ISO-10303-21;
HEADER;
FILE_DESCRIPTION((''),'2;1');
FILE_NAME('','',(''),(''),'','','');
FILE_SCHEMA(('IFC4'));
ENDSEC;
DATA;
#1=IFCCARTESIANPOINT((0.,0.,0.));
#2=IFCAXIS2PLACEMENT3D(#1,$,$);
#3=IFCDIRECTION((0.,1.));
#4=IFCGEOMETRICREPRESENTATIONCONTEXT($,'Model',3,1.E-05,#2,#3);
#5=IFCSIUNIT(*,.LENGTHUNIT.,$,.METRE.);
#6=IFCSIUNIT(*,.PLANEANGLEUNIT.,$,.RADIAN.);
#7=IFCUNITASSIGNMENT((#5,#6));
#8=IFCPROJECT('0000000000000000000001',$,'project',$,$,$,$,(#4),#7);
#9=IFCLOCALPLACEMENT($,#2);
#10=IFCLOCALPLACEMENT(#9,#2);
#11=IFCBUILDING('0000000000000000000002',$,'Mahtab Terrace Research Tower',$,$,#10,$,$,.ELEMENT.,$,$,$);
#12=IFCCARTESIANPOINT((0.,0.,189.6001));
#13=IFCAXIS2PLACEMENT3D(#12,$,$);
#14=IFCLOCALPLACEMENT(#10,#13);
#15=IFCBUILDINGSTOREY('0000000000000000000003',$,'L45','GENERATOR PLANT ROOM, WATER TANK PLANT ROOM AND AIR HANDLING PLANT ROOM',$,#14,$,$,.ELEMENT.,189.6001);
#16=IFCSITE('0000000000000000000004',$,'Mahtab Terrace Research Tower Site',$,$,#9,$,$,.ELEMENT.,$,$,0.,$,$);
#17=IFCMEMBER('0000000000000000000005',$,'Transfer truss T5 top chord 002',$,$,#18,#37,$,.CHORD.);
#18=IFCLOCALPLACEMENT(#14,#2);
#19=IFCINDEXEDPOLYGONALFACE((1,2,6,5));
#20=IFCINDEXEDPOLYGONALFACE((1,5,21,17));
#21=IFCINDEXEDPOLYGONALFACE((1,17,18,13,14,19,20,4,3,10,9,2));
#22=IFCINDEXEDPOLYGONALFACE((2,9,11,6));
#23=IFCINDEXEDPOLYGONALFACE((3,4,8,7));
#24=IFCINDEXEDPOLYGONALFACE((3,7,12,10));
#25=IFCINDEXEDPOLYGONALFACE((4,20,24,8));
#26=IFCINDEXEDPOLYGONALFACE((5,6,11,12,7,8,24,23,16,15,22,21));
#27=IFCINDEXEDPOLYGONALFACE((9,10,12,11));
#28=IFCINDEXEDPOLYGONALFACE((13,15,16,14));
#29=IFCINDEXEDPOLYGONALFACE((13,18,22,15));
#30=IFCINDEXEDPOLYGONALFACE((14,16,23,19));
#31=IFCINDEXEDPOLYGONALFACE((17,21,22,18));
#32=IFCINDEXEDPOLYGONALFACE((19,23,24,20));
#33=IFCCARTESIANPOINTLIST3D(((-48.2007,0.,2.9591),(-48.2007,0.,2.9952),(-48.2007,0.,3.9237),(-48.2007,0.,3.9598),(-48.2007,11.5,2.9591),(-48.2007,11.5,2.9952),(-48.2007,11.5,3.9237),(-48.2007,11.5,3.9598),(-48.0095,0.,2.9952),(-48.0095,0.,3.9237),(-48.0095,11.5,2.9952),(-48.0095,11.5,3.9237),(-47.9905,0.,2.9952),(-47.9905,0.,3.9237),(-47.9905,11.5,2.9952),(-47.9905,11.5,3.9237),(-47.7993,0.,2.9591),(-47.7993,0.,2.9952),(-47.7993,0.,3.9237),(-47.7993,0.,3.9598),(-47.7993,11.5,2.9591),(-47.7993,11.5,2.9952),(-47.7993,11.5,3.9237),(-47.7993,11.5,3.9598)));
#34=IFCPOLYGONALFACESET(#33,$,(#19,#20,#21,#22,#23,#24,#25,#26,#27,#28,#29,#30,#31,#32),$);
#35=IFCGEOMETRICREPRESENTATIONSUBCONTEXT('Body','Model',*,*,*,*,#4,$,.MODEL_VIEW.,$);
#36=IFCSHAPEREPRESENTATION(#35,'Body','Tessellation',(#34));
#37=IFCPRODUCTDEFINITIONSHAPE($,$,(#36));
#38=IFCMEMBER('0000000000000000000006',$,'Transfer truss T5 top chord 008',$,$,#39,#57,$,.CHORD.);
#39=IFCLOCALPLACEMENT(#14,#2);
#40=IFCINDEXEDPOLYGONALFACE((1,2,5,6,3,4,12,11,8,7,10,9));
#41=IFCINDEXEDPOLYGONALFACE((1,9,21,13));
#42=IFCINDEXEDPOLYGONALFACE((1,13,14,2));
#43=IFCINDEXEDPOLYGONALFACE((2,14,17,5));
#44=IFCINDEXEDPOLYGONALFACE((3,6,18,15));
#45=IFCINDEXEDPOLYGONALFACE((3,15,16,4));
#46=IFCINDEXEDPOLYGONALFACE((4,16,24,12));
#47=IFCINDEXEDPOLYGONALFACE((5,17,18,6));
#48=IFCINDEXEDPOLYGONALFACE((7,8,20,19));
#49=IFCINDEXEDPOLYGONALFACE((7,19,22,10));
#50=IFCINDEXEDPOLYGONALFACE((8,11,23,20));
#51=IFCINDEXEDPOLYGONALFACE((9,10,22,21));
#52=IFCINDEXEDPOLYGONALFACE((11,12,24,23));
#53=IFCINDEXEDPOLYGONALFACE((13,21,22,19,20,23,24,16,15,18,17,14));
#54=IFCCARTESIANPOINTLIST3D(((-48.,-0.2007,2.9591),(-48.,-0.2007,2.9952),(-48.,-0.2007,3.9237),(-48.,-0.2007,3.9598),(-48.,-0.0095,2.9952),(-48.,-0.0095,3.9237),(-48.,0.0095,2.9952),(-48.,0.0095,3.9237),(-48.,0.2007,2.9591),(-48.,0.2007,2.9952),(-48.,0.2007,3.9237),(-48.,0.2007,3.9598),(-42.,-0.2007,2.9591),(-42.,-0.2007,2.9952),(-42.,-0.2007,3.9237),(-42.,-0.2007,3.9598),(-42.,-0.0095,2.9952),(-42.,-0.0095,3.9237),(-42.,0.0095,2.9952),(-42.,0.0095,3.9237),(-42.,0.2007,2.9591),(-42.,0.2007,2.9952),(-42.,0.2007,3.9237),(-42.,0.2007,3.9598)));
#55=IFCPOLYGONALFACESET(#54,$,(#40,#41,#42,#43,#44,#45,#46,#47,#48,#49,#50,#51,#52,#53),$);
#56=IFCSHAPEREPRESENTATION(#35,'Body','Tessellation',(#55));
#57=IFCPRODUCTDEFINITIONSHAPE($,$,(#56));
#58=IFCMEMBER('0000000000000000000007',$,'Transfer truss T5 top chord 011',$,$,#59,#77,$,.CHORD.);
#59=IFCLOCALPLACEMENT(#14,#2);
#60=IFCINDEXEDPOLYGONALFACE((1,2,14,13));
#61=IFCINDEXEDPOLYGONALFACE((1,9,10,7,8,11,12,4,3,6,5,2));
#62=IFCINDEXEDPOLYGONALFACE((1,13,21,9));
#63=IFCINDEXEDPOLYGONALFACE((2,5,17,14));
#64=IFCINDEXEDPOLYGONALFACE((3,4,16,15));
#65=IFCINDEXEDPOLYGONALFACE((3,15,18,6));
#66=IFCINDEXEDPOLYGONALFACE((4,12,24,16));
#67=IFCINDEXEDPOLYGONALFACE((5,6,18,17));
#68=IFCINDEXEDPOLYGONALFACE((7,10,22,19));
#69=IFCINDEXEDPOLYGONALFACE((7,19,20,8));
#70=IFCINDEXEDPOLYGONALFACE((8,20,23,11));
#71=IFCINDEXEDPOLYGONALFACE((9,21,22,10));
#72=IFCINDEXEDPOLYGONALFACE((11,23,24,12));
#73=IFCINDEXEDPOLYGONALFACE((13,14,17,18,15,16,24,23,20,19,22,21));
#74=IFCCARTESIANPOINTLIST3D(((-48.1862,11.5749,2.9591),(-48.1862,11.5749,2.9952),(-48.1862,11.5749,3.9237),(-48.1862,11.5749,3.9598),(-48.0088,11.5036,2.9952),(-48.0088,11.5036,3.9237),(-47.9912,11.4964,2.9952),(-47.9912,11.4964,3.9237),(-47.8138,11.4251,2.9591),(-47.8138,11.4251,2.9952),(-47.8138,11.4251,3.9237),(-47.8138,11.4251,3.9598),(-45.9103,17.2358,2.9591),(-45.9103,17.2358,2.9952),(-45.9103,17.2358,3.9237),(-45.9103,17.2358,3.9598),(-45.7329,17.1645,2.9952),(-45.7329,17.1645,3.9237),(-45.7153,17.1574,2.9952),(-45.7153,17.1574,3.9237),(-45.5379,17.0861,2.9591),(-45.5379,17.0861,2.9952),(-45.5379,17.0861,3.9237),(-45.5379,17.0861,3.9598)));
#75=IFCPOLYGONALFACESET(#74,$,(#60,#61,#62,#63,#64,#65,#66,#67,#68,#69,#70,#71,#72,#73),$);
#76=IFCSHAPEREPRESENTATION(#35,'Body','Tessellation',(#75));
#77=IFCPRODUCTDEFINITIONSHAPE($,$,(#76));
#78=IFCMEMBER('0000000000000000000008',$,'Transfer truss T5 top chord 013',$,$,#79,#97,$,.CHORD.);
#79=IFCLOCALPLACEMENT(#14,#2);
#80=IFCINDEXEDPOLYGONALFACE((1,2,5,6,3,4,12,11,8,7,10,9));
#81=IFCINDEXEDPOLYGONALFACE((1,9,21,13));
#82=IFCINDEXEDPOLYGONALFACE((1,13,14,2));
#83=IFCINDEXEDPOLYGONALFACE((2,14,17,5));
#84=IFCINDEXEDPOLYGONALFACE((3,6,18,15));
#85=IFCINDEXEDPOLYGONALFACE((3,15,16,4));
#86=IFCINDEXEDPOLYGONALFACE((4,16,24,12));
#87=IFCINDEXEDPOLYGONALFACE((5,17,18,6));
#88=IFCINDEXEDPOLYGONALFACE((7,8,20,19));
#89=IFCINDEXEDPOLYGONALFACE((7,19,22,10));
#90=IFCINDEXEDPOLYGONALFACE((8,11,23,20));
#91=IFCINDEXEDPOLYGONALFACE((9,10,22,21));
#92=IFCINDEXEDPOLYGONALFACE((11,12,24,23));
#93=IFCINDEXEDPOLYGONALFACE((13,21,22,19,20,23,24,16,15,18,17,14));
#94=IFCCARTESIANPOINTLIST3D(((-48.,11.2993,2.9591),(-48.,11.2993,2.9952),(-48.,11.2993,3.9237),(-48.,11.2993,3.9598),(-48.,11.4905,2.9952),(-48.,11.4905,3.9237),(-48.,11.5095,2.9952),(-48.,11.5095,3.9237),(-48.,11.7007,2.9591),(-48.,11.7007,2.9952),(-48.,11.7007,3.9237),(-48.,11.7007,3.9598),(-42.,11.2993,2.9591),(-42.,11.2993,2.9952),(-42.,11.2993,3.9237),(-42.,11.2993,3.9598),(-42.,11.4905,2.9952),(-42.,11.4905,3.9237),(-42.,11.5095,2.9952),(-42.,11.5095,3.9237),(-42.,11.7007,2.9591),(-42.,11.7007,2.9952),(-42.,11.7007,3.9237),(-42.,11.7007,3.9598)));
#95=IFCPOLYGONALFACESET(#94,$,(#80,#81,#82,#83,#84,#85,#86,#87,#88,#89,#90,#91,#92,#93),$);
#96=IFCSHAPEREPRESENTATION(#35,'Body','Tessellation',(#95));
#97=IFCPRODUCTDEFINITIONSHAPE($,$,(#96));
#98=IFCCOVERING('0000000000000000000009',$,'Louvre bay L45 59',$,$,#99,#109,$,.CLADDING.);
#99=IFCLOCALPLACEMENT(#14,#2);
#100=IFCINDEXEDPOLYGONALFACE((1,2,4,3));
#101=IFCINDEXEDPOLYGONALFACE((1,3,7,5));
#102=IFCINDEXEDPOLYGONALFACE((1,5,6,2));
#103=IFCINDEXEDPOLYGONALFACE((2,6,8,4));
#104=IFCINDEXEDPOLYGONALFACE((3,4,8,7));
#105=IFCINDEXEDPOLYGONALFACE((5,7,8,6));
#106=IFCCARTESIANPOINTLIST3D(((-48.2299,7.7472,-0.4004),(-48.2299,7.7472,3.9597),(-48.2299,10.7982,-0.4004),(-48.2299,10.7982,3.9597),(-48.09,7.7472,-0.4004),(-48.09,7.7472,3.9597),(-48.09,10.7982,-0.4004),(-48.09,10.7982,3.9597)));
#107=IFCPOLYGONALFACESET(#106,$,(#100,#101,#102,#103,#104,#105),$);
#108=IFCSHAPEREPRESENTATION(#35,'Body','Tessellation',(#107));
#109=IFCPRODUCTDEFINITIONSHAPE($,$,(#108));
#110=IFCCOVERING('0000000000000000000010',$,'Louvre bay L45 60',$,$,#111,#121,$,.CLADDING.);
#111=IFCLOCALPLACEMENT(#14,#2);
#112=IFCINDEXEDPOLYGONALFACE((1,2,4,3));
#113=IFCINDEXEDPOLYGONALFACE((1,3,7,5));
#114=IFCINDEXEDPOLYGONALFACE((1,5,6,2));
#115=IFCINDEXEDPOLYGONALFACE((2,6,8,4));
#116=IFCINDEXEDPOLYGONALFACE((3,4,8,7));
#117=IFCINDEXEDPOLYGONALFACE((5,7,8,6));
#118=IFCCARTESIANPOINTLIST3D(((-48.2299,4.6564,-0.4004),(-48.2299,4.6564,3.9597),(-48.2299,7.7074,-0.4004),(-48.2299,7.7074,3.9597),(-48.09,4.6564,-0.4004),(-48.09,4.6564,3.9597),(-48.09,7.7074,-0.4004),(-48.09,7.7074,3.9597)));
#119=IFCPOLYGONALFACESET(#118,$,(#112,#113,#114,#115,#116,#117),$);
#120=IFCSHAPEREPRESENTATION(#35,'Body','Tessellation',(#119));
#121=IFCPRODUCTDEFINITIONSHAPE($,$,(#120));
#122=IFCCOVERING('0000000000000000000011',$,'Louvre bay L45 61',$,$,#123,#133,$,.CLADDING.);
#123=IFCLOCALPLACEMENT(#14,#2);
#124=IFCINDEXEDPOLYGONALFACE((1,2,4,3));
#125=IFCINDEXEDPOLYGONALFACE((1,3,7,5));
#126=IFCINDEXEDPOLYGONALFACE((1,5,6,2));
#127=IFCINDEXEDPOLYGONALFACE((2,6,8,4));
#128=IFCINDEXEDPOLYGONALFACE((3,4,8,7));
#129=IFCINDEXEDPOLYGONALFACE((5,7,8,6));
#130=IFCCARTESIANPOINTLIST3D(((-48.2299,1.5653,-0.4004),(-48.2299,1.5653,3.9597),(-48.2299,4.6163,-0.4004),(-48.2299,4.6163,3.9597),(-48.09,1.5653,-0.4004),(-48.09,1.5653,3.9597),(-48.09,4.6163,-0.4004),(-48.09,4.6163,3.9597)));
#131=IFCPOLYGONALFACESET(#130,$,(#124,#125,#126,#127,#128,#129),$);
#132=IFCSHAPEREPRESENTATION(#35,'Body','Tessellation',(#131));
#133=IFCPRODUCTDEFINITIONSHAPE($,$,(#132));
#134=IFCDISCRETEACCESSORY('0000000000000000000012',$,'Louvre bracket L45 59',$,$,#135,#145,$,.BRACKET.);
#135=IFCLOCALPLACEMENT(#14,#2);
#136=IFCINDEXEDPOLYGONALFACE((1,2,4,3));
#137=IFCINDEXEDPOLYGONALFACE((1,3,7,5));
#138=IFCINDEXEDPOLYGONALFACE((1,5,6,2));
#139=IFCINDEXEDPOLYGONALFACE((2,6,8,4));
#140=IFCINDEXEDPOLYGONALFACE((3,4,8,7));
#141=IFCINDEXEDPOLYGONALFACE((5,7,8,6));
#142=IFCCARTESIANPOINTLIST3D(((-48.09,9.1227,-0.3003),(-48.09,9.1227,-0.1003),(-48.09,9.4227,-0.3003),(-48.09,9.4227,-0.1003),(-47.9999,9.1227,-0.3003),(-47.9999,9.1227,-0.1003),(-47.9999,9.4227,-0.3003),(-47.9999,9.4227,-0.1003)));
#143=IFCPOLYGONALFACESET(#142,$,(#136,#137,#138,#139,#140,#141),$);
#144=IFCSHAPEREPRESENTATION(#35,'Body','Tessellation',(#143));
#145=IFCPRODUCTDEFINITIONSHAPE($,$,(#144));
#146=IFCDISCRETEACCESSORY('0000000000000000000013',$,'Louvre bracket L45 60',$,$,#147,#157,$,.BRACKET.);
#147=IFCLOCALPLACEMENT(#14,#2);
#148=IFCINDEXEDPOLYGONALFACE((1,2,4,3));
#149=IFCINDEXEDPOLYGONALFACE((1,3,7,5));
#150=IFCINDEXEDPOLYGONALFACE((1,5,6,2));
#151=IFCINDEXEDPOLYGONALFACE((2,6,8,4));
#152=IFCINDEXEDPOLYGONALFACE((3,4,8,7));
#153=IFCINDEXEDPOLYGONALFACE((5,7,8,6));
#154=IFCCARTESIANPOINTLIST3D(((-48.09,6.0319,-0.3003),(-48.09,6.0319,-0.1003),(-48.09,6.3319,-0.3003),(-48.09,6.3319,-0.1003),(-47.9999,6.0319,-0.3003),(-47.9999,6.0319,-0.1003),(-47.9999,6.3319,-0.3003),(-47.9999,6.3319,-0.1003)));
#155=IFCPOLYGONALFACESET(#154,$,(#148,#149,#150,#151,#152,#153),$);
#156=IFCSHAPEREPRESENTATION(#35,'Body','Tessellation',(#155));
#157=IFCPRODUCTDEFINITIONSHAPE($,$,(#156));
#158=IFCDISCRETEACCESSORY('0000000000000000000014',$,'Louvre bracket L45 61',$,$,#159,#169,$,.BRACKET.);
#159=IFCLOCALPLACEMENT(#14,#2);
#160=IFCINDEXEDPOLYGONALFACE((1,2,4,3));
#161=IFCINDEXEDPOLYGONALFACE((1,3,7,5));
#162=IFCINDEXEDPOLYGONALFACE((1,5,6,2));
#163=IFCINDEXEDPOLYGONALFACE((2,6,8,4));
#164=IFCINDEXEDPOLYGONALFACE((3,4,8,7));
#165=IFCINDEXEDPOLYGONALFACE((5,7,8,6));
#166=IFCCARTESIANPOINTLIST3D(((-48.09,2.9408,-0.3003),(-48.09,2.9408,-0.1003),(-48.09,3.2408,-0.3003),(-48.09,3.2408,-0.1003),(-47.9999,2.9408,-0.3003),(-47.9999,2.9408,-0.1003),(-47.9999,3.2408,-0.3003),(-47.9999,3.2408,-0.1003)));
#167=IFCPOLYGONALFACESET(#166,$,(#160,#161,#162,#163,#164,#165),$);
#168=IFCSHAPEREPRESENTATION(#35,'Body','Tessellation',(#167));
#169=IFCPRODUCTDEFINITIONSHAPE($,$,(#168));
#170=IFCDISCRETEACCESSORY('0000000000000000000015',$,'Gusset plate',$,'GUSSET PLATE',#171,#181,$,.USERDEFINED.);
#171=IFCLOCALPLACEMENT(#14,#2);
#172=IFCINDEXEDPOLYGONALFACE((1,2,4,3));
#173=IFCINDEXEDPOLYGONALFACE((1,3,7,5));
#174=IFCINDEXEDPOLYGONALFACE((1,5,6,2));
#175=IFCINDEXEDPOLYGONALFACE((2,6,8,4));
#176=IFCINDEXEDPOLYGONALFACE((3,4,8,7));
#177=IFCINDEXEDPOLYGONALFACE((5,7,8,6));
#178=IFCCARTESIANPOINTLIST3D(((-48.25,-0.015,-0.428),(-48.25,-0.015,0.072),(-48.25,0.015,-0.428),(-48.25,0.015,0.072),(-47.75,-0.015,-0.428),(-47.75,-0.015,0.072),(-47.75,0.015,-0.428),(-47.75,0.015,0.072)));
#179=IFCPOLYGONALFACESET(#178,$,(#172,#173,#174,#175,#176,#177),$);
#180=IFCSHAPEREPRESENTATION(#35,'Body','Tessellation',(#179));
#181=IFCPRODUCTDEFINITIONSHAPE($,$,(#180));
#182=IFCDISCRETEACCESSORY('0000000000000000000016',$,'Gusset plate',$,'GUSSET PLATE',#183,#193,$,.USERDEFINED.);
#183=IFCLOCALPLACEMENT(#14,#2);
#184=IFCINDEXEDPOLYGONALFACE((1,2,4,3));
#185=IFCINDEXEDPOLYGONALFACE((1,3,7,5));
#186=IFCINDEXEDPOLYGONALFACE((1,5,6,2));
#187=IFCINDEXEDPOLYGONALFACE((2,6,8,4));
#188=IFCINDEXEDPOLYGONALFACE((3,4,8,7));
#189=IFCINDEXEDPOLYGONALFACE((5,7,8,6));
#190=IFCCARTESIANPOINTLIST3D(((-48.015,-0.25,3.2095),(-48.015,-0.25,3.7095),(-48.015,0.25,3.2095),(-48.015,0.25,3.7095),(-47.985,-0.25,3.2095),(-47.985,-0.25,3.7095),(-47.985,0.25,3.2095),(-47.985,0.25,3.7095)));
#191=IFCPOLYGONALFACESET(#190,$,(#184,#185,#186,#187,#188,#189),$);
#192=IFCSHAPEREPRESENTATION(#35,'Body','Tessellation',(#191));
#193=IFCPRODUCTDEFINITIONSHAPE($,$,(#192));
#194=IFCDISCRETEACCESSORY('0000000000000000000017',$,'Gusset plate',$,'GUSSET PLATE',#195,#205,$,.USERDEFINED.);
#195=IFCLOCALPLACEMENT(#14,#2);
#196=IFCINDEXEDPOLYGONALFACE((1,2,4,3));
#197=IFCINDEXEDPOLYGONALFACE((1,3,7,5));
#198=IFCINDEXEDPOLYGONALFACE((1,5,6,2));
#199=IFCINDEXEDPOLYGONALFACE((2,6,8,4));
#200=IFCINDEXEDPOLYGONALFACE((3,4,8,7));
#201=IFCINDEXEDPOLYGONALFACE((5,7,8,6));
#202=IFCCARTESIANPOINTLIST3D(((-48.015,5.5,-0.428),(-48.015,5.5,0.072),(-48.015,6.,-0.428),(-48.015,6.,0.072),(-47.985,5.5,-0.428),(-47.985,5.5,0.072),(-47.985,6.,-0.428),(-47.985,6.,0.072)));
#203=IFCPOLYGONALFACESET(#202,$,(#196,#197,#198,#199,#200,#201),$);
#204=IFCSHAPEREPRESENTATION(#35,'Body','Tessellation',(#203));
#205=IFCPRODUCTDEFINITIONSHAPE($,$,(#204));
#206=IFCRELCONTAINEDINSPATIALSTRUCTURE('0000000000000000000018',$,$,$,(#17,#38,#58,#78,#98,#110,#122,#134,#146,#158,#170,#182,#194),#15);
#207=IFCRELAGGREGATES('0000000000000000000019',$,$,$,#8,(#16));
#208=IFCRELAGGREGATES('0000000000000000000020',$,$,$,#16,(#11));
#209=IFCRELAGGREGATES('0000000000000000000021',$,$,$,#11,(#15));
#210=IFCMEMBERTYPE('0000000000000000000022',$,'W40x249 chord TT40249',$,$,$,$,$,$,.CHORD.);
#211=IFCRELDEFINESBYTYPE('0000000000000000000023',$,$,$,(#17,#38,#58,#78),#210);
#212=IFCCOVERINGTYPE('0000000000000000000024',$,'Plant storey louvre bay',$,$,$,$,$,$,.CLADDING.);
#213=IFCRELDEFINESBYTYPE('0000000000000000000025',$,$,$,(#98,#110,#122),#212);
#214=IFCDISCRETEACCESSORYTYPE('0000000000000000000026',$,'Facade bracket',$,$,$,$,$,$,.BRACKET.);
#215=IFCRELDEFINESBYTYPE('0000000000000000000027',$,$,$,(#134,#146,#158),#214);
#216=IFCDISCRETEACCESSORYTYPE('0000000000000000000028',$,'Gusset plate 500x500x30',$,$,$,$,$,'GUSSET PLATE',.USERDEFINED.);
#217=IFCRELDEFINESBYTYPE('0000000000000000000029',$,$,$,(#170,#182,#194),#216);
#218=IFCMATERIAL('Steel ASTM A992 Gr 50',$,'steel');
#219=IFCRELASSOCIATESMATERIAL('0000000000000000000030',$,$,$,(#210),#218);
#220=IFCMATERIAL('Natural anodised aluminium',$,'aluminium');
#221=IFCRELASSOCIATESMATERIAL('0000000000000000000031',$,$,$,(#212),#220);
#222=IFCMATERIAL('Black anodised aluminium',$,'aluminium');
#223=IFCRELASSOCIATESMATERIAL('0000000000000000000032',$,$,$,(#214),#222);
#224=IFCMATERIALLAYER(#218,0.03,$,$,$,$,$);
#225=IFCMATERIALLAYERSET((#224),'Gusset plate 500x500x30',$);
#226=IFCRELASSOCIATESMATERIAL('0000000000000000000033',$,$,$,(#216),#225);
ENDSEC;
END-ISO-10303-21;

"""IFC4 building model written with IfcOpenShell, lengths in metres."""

from ifc_helpers import new_model, si_unit, direction, frame, origin, origin_2d, place, context, subcontext, project, spatial, rectangle, i_section, extrude, material, layer, layer_set, material_profile, profile_set, type_object, element, save


model = new_model("IFC4")

# Units and contexts
model_context = context("Model", 3, precision=1e-05, world=origin(), true_north=direction((0.0, 1.0)))
body_context = subcontext(model_context, "Body", "Model", "MODEL_VIEW")
ifc_project = project(units=[si_unit("LENGTHUNIT", "METRE"), si_unit("PLANEANGLEUNIT", "RADIAN")], contexts=[model_context])

# Site, building, storey
site_placement = place(None, origin())
site = spatial("IfcSite", under=ifc_project, at=site_placement, Name="Mahtab Terrace Research Tower Site", CompositionType="ELEMENT", RefElevation=0.0)
building_placement = place(site_placement, origin())
building = spatial("IfcBuilding", under=site, at=building_placement, Name="Mahtab Terrace Research Tower", CompositionType="ELEMENT")
storey_placement = place(building_placement, frame((0.0, 0.0, 189.6001)))
storey = spatial("IfcBuildingStorey", under=building, at=storey_placement, Name="L45", Description="GENERATOR PLANT ROOM, WATER TANK PLANT ROOM AND AIR HANDLING PLANT ROOM", CompositionType="ELEMENT", Elevation=189.6001)

# Members
ifc_material_1 = material(Name="Steel ASTM A992 Gr 50", Category="steel")
ifc_material_profile_1 = material_profile(ifc_material_1, i_section(OverallWidth=0.4014, OverallDepth=1.0007, WebThickness=0.019, FlangeThickness=0.0361, at=origin_2d()), Name="W40X249")
ifc_profile_set_1 = profile_set([ifc_material_profile_1], Name="Steel ASTM A992 Gr 50")
member_type_1 = type_object("IfcMemberType", Name="W40x249 chord TT40249", PredefinedType="CHORD", material=ifc_profile_set_1)
member_1_placement = place(storey_placement, frame((-48.0, 0.0, 3.4595), z_axis=(0.0, 1.0, 0.0), x_axis=(-1.0, 0.0, 0.0)))
element("IfcMember", 1, at=member_1_placement, inside=storey, type_object=member_type_1, Name="Transfer truss T5 top chord 002", PredefinedType="CHORD", context=body_context, shape_type="SweptSolid", body=[
    extrude(i_section(OverallWidth=0.4014, OverallDepth=1.0007, WebThickness=0.019, FlangeThickness=0.0361, at=origin_2d()), origin(), (0.0, 0.0, 1.0), 11.5),
])
member_2_placement = place(storey_placement, frame((-48.0, 0.0, 3.4595), z_axis=(1.0, 0.0, 0.0), x_axis=(0.0, 1.0, 0.0)))
element("IfcMember", 2, at=member_2_placement, inside=storey, type_object=member_type_1, Name="Transfer truss T5 top chord 008", PredefinedType="CHORD", context=body_context, shape_type="SweptSolid", body=[
    extrude(i_section(OverallWidth=0.4014, OverallDepth=1.0007, WebThickness=0.019, FlangeThickness=0.0361, at=origin_2d()), origin(), (0.0, 0.0, 1.0), 6.0),
])
member_3_placement = place(storey_placement, frame((-48.0, 11.5, 3.4595), z_axis=(0.373018, 0.927824, 0.0), x_axis=(-0.927824, 0.373018, 0.0)))
element("IfcMember", 3, at=member_3_placement, inside=storey, type_object=member_type_1, Name="Transfer truss T5 top chord 011", PredefinedType="CHORD", context=body_context, shape_type="SweptSolid", body=[
    extrude(i_section(OverallWidth=0.4014, OverallDepth=1.0007, WebThickness=0.019, FlangeThickness=0.0361, at=origin_2d()), origin(), (0.0, 0.0, 1.0), 6.1013),
])
member_4_placement = place(storey_placement, frame((-48.0, 11.5, 3.4595), z_axis=(1.0, 0.0, 0.0), x_axis=(0.0, 1.0, 0.0)))
element("IfcMember", 4, at=member_4_placement, inside=storey, type_object=member_type_1, Name="Transfer truss T5 top chord 013", PredefinedType="CHORD", context=body_context, shape_type="SweptSolid", body=[
    extrude(i_section(OverallWidth=0.4014, OverallDepth=1.0007, WebThickness=0.019, FlangeThickness=0.0361, at=origin_2d()), origin(), (0.0, 0.0, 1.0), 6.0),
])

# Coverings
ifc_material_2 = material(Name="Natural anodised aluminium", Category="aluminium")
covering_type = type_object("IfcCoveringType", Name="Plant storey louvre bay", PredefinedType="CLADDING", material=ifc_material_2)
for number, where, z_axis, x_axis, name in (
    (5, (-48.1599, 9.2727, -0.4004), (0.0, 0.0, 1.0), (0.0, -1.0, 0.0), "Louvre bay L45 59"),
    (6, (-48.1599, 6.1819, -0.4004), (0.0, 0.0, 1.0), (0.0, -1.0, 0.0), "Louvre bay L45 60"),
    (7, (-48.1599, 3.0908, -0.4004), (0.0, 0.0, 1.0), (0.0, -1.0, 0.0), "Louvre bay L45 61"),
):
    element("IfcCovering", number, at=place(storey_placement, frame(where, z_axis=z_axis, x_axis=x_axis)), inside=storey, type_object=covering_type, Name=name, PredefinedType="CLADDING", context=body_context, shape_type="SweptSolid", body=[
        extrude(rectangle(XDim=3.051, YDim=0.1399, at=origin_2d()), origin(), (0.0, 0.0, 1.0), 4.3601),
    ])

# Discrete accessories
ifc_material_3 = material(Name="Black anodised aluminium", Category="aluminium")
discrete_accessory_type_1 = type_object("IfcDiscreteAccessoryType", Name="Facade bracket", PredefinedType="BRACKET", material=ifc_material_3)
for number, where, z_axis, x_axis, name in (
    (8, (-48.0449, 9.2727, -0.3003), (0.0, 0.0, 1.0), (0.0, -1.0, 0.0), "Louvre bracket L45 59"),
    (9, (-48.0449, 6.1819, -0.3003), (0.0, 0.0, 1.0), (0.0, -1.0, 0.0), "Louvre bracket L45 60"),
    (10, (-48.0449, 3.0908, -0.3003), (0.0, 0.0, 1.0), (0.0, -1.0, 0.0), "Louvre bracket L45 61"),
):
    element("IfcDiscreteAccessory", number, at=place(storey_placement, frame(where, z_axis=z_axis, x_axis=x_axis)), inside=storey, type_object=discrete_accessory_type_1, Name=name, PredefinedType="BRACKET", context=body_context, shape_type="SweptSolid", body=[
        extrude(rectangle(XDim=0.3, YDim=0.0901, at=origin_2d()), origin(), (0.0, 0.0, 1.0), 0.2),
    ])
ifc_layer = layer(ifc_material_1, 0.03)
ifc_layer_set = layer_set([ifc_layer], Name="Gusset plate 500x500x30")
discrete_accessory_type_2 = type_object("IfcDiscreteAccessoryType", Name="Gusset plate 500x500x30", ElementType="GUSSET PLATE", PredefinedType="USERDEFINED", material=ifc_layer_set)
for number, where, z_axis, x_axis, name in (
    (11, (-48.0, 0.0, -0.428), (0.0, 0.0, 1.0), (1.0, 0.0, 0.0), "Gusset plate"),
    (12, (-48.0, 0.0, 3.2095), (0.0, 0.0, 1.0), (0.0, 1.0, 0.0), "Gusset plate"),
    (13, (-48.0, 5.75, -0.428), (0.0, 0.0, 1.0), (0.0, 1.0, 0.0), "Gusset plate"),
):
    element("IfcDiscreteAccessory", number, at=place(storey_placement, frame(where, z_axis=z_axis, x_axis=x_axis)), inside=storey, type_object=discrete_accessory_type_2, Name=name, ObjectType="GUSSET PLATE", PredefinedType="USERDEFINED", context=body_context, shape_type="SweptSolid", body=[
        extrude(rectangle(XDim=0.5, YDim=0.03, at=origin_2d()), origin(), (0.0, 0.0, 1.0), 0.5),
    ])

save(model, "model.ifc")
